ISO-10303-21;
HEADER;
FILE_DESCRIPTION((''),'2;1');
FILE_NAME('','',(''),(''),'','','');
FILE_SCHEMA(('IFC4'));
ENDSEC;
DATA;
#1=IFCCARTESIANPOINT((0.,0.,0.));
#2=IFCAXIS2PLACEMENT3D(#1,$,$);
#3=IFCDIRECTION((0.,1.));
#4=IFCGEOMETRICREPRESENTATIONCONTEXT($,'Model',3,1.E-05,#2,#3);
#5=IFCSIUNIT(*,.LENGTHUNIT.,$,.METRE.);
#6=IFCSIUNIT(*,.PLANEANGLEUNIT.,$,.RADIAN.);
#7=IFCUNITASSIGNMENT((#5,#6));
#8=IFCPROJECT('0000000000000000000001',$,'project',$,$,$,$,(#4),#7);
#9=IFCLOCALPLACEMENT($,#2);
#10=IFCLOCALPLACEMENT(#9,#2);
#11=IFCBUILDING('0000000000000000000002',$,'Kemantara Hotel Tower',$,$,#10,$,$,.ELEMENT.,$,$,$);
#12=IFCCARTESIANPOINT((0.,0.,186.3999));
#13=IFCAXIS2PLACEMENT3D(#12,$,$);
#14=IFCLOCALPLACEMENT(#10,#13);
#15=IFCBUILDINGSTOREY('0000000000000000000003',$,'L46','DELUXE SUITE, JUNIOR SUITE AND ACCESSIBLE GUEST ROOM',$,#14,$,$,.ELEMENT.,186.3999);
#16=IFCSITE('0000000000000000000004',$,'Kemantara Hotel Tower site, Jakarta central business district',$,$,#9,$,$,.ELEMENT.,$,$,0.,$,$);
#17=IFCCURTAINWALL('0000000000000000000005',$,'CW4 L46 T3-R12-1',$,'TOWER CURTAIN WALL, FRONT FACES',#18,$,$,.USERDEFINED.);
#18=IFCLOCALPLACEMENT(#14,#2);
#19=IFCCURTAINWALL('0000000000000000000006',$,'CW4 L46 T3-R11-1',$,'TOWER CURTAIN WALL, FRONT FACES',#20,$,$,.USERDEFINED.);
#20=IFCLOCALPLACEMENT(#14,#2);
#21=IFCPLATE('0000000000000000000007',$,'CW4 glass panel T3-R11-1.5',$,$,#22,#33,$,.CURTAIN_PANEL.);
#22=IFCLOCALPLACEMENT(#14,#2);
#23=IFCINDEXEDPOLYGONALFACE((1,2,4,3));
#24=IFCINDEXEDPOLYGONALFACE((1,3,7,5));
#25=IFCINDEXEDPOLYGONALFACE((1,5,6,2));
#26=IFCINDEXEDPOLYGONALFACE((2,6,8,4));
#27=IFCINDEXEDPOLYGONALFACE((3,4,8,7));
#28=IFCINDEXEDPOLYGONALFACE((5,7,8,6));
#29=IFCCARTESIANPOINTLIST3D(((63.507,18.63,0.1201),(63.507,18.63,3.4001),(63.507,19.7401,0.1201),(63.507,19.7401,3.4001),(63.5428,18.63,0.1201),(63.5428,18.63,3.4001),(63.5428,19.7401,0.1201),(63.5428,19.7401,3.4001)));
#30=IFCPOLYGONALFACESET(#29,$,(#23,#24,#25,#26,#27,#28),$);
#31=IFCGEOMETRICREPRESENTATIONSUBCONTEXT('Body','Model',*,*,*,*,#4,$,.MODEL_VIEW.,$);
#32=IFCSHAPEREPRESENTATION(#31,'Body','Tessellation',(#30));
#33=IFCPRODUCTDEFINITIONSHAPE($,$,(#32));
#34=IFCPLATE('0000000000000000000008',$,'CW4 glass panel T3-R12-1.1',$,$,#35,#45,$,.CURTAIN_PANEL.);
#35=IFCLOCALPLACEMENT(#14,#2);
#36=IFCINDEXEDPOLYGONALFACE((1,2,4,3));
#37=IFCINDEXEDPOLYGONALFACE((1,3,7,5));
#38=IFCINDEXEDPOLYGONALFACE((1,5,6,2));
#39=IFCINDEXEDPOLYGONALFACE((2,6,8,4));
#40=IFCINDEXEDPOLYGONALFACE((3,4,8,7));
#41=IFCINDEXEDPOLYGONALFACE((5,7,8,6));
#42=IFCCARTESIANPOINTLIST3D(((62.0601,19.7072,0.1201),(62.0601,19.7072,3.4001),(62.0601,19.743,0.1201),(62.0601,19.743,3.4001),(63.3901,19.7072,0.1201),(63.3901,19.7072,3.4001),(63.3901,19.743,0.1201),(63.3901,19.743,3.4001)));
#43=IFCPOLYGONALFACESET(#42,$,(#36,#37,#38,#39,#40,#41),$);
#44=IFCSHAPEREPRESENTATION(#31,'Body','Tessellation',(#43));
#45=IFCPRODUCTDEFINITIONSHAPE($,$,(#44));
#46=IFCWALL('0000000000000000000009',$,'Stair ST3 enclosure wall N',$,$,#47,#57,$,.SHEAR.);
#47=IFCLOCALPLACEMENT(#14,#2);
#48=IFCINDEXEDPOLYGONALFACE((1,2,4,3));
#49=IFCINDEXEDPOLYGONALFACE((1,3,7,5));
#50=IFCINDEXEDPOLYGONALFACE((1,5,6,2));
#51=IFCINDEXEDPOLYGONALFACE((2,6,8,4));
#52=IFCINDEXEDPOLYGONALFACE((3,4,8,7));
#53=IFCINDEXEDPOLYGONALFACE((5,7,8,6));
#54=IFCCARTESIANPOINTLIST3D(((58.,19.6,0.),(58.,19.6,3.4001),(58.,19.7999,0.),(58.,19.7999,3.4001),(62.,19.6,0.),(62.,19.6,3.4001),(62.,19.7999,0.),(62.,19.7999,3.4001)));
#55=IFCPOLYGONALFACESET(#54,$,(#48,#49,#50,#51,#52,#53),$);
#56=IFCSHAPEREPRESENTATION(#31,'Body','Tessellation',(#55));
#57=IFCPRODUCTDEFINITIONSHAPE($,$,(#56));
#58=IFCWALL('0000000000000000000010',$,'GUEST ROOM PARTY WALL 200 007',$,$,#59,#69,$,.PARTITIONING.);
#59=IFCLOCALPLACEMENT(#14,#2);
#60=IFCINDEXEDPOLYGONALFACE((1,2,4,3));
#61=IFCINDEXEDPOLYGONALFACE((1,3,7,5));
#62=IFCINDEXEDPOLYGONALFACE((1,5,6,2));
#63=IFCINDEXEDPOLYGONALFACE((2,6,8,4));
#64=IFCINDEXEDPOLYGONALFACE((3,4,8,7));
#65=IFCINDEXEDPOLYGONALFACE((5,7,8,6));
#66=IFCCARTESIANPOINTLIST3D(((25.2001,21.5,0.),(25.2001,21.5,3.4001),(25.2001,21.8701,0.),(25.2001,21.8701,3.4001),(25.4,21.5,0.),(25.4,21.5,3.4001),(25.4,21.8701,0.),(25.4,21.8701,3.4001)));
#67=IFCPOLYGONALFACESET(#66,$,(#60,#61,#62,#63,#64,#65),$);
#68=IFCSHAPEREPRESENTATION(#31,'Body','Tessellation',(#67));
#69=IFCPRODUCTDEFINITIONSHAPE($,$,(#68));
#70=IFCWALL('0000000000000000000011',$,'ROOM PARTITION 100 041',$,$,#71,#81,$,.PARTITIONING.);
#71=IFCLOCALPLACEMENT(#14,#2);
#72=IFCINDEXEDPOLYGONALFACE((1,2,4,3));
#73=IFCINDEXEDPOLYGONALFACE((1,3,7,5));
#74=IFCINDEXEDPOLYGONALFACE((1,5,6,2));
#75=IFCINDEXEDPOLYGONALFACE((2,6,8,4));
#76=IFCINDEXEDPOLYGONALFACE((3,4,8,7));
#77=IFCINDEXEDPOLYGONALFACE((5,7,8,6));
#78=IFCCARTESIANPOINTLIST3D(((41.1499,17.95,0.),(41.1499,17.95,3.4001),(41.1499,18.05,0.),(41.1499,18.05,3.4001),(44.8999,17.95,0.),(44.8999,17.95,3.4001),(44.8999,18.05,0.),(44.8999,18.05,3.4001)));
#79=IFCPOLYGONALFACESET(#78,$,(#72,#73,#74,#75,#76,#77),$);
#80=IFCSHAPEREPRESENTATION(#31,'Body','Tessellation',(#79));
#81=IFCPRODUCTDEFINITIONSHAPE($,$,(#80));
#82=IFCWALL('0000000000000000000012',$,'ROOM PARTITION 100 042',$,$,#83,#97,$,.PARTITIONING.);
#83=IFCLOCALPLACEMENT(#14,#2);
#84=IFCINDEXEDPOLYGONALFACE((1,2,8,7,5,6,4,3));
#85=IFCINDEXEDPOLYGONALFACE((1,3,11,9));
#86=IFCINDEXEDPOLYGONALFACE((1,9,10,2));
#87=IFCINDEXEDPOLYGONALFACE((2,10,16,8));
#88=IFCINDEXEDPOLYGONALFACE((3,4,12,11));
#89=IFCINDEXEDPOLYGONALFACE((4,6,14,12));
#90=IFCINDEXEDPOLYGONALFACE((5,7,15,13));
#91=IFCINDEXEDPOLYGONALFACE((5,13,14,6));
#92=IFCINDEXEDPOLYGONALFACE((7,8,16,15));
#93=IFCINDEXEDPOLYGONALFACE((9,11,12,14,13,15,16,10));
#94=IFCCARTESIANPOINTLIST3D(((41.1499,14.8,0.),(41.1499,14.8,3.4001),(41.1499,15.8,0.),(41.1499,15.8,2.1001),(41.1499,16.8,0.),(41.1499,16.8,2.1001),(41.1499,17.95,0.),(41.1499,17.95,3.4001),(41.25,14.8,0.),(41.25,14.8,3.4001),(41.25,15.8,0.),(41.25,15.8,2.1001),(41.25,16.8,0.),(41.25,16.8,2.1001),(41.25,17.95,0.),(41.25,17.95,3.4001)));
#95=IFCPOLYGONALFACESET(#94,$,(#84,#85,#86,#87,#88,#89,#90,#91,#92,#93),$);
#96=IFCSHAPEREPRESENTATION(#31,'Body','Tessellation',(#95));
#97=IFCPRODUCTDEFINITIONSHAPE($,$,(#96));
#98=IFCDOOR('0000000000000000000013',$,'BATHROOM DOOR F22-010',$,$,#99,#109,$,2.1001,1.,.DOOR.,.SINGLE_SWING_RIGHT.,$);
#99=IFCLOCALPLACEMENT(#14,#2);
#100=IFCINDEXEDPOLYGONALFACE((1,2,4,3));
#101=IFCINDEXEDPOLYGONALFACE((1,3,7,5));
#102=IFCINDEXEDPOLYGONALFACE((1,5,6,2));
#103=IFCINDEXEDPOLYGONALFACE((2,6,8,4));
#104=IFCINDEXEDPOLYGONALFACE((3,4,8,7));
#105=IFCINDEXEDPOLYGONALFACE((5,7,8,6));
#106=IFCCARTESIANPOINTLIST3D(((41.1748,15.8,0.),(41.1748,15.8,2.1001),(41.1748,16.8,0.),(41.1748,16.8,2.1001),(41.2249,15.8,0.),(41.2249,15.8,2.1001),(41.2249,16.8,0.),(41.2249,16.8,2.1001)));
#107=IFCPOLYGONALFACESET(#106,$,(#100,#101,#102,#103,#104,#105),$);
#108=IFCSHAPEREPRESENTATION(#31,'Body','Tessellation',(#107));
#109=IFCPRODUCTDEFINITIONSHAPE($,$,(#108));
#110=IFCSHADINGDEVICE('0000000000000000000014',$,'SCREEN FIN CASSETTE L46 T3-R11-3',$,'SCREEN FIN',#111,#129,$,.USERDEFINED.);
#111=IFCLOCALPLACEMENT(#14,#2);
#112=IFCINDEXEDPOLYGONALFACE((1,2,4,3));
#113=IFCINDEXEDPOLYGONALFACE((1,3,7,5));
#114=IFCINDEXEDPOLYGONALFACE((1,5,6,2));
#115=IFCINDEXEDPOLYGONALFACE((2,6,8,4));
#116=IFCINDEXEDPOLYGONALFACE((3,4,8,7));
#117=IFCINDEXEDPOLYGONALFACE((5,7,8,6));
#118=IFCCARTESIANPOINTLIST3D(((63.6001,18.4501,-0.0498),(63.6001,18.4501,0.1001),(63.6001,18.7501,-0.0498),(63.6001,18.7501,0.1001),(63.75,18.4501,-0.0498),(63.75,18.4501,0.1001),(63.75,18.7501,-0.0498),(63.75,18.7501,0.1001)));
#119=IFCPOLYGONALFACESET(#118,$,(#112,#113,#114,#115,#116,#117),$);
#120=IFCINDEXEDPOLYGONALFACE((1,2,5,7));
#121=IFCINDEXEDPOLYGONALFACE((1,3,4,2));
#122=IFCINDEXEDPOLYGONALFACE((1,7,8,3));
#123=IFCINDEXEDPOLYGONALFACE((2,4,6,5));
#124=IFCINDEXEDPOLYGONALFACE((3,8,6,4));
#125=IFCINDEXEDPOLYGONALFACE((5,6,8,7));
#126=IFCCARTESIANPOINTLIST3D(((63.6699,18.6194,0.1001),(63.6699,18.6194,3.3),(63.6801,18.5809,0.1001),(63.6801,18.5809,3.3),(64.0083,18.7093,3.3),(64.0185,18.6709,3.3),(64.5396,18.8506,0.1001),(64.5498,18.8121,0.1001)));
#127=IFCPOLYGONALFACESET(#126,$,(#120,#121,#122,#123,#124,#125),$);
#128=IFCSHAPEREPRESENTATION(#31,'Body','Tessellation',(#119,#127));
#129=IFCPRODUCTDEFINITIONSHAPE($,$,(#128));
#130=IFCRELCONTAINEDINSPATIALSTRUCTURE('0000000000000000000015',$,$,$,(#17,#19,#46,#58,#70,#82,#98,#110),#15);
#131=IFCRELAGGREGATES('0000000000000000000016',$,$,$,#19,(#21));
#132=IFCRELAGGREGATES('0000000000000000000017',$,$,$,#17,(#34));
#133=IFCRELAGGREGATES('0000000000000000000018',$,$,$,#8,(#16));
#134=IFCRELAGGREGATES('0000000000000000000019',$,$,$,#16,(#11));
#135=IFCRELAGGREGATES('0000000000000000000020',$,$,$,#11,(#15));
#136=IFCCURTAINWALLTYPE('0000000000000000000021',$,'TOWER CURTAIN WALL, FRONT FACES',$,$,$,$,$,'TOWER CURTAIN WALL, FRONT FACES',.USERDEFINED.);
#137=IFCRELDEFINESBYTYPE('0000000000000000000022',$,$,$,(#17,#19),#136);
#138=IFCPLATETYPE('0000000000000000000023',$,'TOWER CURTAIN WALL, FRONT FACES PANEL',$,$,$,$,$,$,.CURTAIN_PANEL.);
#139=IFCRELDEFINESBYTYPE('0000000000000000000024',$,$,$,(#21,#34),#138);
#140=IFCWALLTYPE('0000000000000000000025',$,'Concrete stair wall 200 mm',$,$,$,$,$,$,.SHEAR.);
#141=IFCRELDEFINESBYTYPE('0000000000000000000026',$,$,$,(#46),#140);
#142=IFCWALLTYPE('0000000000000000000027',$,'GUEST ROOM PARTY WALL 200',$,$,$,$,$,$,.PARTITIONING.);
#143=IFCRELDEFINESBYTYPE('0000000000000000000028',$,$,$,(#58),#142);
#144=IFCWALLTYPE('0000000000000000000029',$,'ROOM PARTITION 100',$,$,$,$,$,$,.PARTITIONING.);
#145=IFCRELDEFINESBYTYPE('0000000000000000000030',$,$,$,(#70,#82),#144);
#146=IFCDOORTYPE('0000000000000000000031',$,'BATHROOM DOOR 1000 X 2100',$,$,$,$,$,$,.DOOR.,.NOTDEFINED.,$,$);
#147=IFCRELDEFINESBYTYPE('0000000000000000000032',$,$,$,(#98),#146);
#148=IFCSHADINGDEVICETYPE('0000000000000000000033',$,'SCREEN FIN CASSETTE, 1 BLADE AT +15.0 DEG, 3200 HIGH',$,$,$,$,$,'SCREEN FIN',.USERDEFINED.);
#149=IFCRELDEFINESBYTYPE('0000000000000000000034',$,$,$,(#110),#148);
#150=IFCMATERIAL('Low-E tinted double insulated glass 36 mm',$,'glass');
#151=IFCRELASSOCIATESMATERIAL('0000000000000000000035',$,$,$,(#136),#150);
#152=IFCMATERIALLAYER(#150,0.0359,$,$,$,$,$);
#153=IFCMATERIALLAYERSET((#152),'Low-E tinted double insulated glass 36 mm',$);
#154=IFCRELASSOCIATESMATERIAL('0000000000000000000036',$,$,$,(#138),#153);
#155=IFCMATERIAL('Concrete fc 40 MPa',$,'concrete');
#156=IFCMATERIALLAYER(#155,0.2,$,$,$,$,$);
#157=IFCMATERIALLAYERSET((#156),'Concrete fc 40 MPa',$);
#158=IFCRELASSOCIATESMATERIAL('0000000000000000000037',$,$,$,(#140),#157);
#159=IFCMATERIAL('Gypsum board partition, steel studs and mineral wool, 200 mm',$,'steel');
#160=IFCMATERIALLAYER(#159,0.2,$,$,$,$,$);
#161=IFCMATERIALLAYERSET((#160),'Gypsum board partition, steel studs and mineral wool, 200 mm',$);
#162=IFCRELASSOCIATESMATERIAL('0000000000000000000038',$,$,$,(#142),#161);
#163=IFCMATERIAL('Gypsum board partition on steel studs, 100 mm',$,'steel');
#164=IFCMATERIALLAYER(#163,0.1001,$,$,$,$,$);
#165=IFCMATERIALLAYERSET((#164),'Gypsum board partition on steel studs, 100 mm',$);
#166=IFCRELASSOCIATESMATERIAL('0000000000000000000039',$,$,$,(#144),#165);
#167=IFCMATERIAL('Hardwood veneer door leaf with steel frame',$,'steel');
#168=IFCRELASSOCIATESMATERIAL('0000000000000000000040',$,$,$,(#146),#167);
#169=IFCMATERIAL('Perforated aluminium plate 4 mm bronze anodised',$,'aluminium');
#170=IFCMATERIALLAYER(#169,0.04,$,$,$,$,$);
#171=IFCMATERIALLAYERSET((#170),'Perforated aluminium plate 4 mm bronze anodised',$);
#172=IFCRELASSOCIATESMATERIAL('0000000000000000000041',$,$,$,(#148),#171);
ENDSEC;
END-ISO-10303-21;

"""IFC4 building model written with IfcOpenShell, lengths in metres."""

from ifc_helpers import new_model, si_unit, direction, frame, frame_2d, origin, origin_2d, place, context, subcontext, project, spatial, polyline, rectangle, outline, extrude, source, transform, mapped, material, layer, layer_set, type_object, element, fill, aggregate, save


model = new_model("IFC4")

# Units and contexts
model_context = context("Model", 3, precision=1e-05, world=origin(), true_north=direction((0.0, 1.0)))
body_context = subcontext(model_context, "Body", "Model", "MODEL_VIEW")
ifc_project = project(units=[si_unit("LENGTHUNIT", "METRE"), si_unit("PLANEANGLEUNIT", "RADIAN")], contexts=[model_context])

# Site, building, storey
site_placement = place(None, origin())
site = spatial("IfcSite", under=ifc_project, at=site_placement, Name="Kemantara Hotel Tower site, Jakarta central business district", CompositionType="ELEMENT", RefElevation=0.0)
building_placement = place(site_placement, origin())
building = spatial("IfcBuilding", under=site, at=building_placement, Name="Kemantara Hotel Tower", CompositionType="ELEMENT")
storey_placement = place(building_placement, frame((0.0, 0.0, 186.3999)))
storey = spatial("IfcBuildingStorey", under=building, at=storey_placement, Name="L46", Description="DELUXE SUITE, JUNIOR SUITE AND ACCESSIBLE GUEST ROOM", CompositionType="ELEMENT", Elevation=186.3999)

# Curtain wall
ifc_material_1 = material(Name="Low-E tinted double insulated glass 36 mm", Category="glass")
curtain_wall_type = type_object("IfcCurtainWallType", Name="TOWER CURTAIN WALL, FRONT FACES", ElementType="TOWER CURTAIN WALL, FRONT FACES", PredefinedType="USERDEFINED", material=ifc_material_1)
curtain_wall_1_placement = place(storey_placement, origin())
curtain_wall_1 = element("IfcCurtainWall", 1, at=curtain_wall_1_placement, inside=storey, type_object=curtain_wall_type, Name="CW4 L46 T3-R12-1", ObjectType="TOWER CURTAIN WALL, FRONT FACES", PredefinedType="USERDEFINED")

# Curtain wall
curtain_wall_2_placement = place(storey_placement, origin())
curtain_wall_2 = element("IfcCurtainWall", 2, at=curtain_wall_2_placement, inside=storey, type_object=curtain_wall_type, Name="CW4 L46 T3-R11-1", ObjectType="TOWER CURTAIN WALL, FRONT FACES", PredefinedType="USERDEFINED")

# Plates
ifc_layer_1 = layer(ifc_material_1, 0.0359)
ifc_layer_set_1 = layer_set([ifc_layer_1], Name="Low-E tinted double insulated glass 36 mm")
plate_type = type_object("IfcPlateType", Name="TOWER CURTAIN WALL, FRONT FACES PANEL", PredefinedType="CURTAIN_PANEL", material=ifc_layer_set_1)
shared_shape_1 = source(origin(), body_context, "Body", "SweptSolid", [
    extrude(rectangle(XDim=1.1101, YDim=0.0359, at=origin_2d()), origin(), (0.0, 0.0, 1.0), 3.28),
])
plate_1_placement = place(storey_placement, frame((63.5249, 19.1851, 0.1201), z_axis=(0.0, 0.0, 1.0), x_axis=(0.0, 1.0, 0.0)))
plate_1 = element("IfcPlate", 3, at=plate_1_placement, type_object=plate_type, Name="CW4 glass panel T3-R11-1.5", PredefinedType="CURTAIN_PANEL", context=body_context, shape_type="MappedRepresentation", body=[
    mapped(shared_shape_1, transform((0.0, 0.0, 0.0))),
])
aggregate(curtain_wall_2, [plate_1])
shared_shape_2 = source(origin(), body_context, "Body", "SweptSolid", [
    extrude(rectangle(XDim=1.3301, YDim=0.0359, at=origin_2d()), origin(), (0.0, 0.0, 1.0), 3.28),
])
plate_2_placement = place(storey_placement, frame((62.7251, 19.7251, 0.1201), z_axis=(0.0, 0.0, 1.0), x_axis=(-1.0, 0.0, 0.0)))
plate_2 = element("IfcPlate", 4, at=plate_2_placement, type_object=plate_type, Name="CW4 glass panel T3-R12-1.1", PredefinedType="CURTAIN_PANEL", context=body_context, shape_type="MappedRepresentation", body=[
    mapped(shared_shape_2, transform((0.0, 0.0, 0.0))),
])
aggregate(curtain_wall_1, [plate_2])

# Walls
ifc_material_2 = material(Name="Concrete fc 40 MPa", Category="concrete")
ifc_layer_2 = layer(ifc_material_2, 0.2)
ifc_layer_set_2 = layer_set([ifc_layer_2], Name="Concrete fc 40 MPa")
wall_type_1 = type_object("IfcWallType", Name="Concrete stair wall 200 mm", PredefinedType="SHEAR", material=ifc_layer_set_2)
wall_1_placement = place(storey_placement, frame((58.0, 19.7, 0.0), z_axis=(0.0, 0.0, 1.0), x_axis=(1.0, 0.0, 0.0)))
element("IfcWall", 5, at=wall_1_placement, inside=storey, type_object=wall_type_1, Name="Stair ST3 enclosure wall N", PredefinedType="SHEAR", context=body_context, shape_type="SweptSolid", body=[
    extrude(rectangle(XDim=4.0, YDim=0.2, at=frame_2d((2.0, 0.0))), origin(), (0.0, 0.0, 1.0), 3.4001),
])
ifc_material_3 = material(Name="Gypsum board partition, steel studs and mineral wool, 200 mm", Category="steel")
ifc_layer_3 = layer(ifc_material_3, 0.2)
ifc_layer_set_3 = layer_set([ifc_layer_3], Name="Gypsum board partition, steel studs and mineral wool, 200 mm")
wall_type_2 = type_object("IfcWallType", Name="GUEST ROOM PARTY WALL 200", PredefinedType="PARTITIONING", material=ifc_layer_set_3)
wall_2_placement = place(storey_placement, frame((25.3, 21.5, 0.0), z_axis=(0.0, 0.0, 1.0), x_axis=(0.0, 1.0, 0.0)))
element("IfcWall", 6, at=wall_2_placement, inside=storey, type_object=wall_type_2, Name="GUEST ROOM PARTY WALL 200 007", PredefinedType="PARTITIONING", context=body_context, shape_type="SweptSolid", body=[
    extrude(rectangle(XDim=0.3701, YDim=0.2, at=frame_2d((0.1851, 0.0))), origin(), (0.0, 0.0, 1.0), 3.4001),
])
ifc_material_4 = material(Name="Gypsum board partition on steel studs, 100 mm", Category="steel")
ifc_layer_4 = layer(ifc_material_4, 0.1001)
ifc_layer_set_4 = layer_set([ifc_layer_4], Name="Gypsum board partition on steel studs, 100 mm")
wall_type_3 = type_object("IfcWallType", Name="ROOM PARTITION 100", PredefinedType="PARTITIONING", material=ifc_layer_set_4)
wall_3_placement = place(storey_placement, frame((41.1499, 18.0, 0.0), z_axis=(0.0, 0.0, 1.0), x_axis=(1.0, 0.0, 0.0)))
element("IfcWall", 7, at=wall_3_placement, inside=storey, type_object=wall_type_3, Name="ROOM PARTITION 100 041", PredefinedType="PARTITIONING", context=body_context, shape_type="SweptSolid", body=[
    extrude(rectangle(XDim=3.75, YDim=0.1001, at=frame_2d((1.875, 0.0))), origin(), (0.0, 0.0, 1.0), 3.4001),
])

# Wall, opening, door
wall_4_placement = place(storey_placement, frame((41.2, 17.95, 0.0), z_axis=(0.0, 0.0, 1.0), x_axis=(0.0, -1.0, 0.0)))
wall_4 = element("IfcWall", 8, at=wall_4_placement, inside=storey, type_object=wall_type_3, Name="ROOM PARTITION 100 042", PredefinedType="PARTITIONING", context=body_context, shape_type="SweptSolid", body=[
    extrude(rectangle(XDim=3.1499, YDim=0.1001, at=frame_2d((1.575, 0.0))), origin(), (0.0, 0.0, 1.0), 3.4001),
])
opening_placement = place(wall_4_placement, frame((1.1499, 0.0, 0.0)))
opening = element("IfcOpeningElement", 9, at=opening_placement, cuts=wall_4, PredefinedType="OPENING", context=body_context, shape_type="SweptSolid", body=[
    extrude(rectangle(XDim=1.0, YDim=2.1001, at=frame_2d((0.5, 1.05))), frame((0.0, 0.0601, 0.0), z_axis=(0.0, -1.0, 0.0), x_axis=(1.0, 0.0, 0.0)), (0.0, 0.0, 1.0), 0.1201),
])
ifc_material_5 = material(Name="Hardwood veneer door leaf with steel frame", Category="steel")
door_type = type_object("IfcDoorType", Name="BATHROOM DOOR 1000 X 2100", OperationType="NOTDEFINED", PredefinedType="DOOR", material=ifc_material_5)
door_placement = place(opening_placement, origin())
door = element("IfcDoor", 10, at=door_placement, inside=storey, type_object=door_type, Name="BATHROOM DOOR F22-010", OperationType="SINGLE_SWING_RIGHT", OverallHeight=2.1001, OverallWidth=1.0, PredefinedType="DOOR", context=body_context, shape_type="SweptSolid", body=[
    extrude(rectangle(XDim=1.0, YDim=2.1001, at=frame_2d((0.5, 1.05))), frame((0.0, 0.0249, 0.0), z_axis=(0.0, -1.0, 0.0), x_axis=(1.0, 0.0, 0.0)), (0.0, 0.0, 1.0), 0.05),
])
fill(opening, door)

# Shading device
ifc_material_6 = material(Name="Perforated aluminium plate 4 mm bronze anodised", Category="aluminium")
ifc_layer_5 = layer(ifc_material_6, 0.04)
ifc_layer_set_5 = layer_set([ifc_layer_5], Name="Perforated aluminium plate 4 mm bronze anodised")
shading_device_type = type_object("IfcShadingDeviceType", Name="SCREEN FIN CASSETTE, 1 BLADE AT +15.0 DEG, 3200 HIGH", ElementType="SCREEN FIN", PredefinedType="USERDEFINED", material=ifc_layer_set_5)
shared_shape_3 = source(origin(), body_context, "Body", "SweptSolid", [
    extrude(rectangle(XDim=0.3, YDim=0.1499, at=origin_2d()), frame((0.0, -0.075, -0.1499), z_axis=(0.0, 0.0, 1.0), x_axis=(1.0, 0.0, 0.0)), (0.0, 0.0, 1.0), 0.1499),
    extrude(outline(polyline([(0.0, 0.0), (0.8999, 0.0), (0.3501, 3.2), (0.0, 3.2), (0.0, 0.0)])), frame((0.0193, -0.0698, 0.0), z_axis=(-0.966438, -0.256901, 0.0), x_axis=(0.256901, -0.966438, 0.0)), (0.0, 0.0, 1.0), 0.0398),
])
shading_device_placement = place(storey_placement, frame((63.6001, 18.6001, 0.1001), z_axis=(0.0, 0.0, 1.0), x_axis=(0.0, 1.0, 0.0)))
element("IfcShadingDevice", 11, at=shading_device_placement, inside=storey, type_object=shading_device_type, Name="SCREEN FIN CASSETTE L46 T3-R11-3", ObjectType="SCREEN FIN", PredefinedType="USERDEFINED", context=body_context, shape_type="MappedRepresentation", body=[
    mapped(shared_shape_3, transform((0.0, 0.0, 0.0))),
])

save(model, "model.ifc")
